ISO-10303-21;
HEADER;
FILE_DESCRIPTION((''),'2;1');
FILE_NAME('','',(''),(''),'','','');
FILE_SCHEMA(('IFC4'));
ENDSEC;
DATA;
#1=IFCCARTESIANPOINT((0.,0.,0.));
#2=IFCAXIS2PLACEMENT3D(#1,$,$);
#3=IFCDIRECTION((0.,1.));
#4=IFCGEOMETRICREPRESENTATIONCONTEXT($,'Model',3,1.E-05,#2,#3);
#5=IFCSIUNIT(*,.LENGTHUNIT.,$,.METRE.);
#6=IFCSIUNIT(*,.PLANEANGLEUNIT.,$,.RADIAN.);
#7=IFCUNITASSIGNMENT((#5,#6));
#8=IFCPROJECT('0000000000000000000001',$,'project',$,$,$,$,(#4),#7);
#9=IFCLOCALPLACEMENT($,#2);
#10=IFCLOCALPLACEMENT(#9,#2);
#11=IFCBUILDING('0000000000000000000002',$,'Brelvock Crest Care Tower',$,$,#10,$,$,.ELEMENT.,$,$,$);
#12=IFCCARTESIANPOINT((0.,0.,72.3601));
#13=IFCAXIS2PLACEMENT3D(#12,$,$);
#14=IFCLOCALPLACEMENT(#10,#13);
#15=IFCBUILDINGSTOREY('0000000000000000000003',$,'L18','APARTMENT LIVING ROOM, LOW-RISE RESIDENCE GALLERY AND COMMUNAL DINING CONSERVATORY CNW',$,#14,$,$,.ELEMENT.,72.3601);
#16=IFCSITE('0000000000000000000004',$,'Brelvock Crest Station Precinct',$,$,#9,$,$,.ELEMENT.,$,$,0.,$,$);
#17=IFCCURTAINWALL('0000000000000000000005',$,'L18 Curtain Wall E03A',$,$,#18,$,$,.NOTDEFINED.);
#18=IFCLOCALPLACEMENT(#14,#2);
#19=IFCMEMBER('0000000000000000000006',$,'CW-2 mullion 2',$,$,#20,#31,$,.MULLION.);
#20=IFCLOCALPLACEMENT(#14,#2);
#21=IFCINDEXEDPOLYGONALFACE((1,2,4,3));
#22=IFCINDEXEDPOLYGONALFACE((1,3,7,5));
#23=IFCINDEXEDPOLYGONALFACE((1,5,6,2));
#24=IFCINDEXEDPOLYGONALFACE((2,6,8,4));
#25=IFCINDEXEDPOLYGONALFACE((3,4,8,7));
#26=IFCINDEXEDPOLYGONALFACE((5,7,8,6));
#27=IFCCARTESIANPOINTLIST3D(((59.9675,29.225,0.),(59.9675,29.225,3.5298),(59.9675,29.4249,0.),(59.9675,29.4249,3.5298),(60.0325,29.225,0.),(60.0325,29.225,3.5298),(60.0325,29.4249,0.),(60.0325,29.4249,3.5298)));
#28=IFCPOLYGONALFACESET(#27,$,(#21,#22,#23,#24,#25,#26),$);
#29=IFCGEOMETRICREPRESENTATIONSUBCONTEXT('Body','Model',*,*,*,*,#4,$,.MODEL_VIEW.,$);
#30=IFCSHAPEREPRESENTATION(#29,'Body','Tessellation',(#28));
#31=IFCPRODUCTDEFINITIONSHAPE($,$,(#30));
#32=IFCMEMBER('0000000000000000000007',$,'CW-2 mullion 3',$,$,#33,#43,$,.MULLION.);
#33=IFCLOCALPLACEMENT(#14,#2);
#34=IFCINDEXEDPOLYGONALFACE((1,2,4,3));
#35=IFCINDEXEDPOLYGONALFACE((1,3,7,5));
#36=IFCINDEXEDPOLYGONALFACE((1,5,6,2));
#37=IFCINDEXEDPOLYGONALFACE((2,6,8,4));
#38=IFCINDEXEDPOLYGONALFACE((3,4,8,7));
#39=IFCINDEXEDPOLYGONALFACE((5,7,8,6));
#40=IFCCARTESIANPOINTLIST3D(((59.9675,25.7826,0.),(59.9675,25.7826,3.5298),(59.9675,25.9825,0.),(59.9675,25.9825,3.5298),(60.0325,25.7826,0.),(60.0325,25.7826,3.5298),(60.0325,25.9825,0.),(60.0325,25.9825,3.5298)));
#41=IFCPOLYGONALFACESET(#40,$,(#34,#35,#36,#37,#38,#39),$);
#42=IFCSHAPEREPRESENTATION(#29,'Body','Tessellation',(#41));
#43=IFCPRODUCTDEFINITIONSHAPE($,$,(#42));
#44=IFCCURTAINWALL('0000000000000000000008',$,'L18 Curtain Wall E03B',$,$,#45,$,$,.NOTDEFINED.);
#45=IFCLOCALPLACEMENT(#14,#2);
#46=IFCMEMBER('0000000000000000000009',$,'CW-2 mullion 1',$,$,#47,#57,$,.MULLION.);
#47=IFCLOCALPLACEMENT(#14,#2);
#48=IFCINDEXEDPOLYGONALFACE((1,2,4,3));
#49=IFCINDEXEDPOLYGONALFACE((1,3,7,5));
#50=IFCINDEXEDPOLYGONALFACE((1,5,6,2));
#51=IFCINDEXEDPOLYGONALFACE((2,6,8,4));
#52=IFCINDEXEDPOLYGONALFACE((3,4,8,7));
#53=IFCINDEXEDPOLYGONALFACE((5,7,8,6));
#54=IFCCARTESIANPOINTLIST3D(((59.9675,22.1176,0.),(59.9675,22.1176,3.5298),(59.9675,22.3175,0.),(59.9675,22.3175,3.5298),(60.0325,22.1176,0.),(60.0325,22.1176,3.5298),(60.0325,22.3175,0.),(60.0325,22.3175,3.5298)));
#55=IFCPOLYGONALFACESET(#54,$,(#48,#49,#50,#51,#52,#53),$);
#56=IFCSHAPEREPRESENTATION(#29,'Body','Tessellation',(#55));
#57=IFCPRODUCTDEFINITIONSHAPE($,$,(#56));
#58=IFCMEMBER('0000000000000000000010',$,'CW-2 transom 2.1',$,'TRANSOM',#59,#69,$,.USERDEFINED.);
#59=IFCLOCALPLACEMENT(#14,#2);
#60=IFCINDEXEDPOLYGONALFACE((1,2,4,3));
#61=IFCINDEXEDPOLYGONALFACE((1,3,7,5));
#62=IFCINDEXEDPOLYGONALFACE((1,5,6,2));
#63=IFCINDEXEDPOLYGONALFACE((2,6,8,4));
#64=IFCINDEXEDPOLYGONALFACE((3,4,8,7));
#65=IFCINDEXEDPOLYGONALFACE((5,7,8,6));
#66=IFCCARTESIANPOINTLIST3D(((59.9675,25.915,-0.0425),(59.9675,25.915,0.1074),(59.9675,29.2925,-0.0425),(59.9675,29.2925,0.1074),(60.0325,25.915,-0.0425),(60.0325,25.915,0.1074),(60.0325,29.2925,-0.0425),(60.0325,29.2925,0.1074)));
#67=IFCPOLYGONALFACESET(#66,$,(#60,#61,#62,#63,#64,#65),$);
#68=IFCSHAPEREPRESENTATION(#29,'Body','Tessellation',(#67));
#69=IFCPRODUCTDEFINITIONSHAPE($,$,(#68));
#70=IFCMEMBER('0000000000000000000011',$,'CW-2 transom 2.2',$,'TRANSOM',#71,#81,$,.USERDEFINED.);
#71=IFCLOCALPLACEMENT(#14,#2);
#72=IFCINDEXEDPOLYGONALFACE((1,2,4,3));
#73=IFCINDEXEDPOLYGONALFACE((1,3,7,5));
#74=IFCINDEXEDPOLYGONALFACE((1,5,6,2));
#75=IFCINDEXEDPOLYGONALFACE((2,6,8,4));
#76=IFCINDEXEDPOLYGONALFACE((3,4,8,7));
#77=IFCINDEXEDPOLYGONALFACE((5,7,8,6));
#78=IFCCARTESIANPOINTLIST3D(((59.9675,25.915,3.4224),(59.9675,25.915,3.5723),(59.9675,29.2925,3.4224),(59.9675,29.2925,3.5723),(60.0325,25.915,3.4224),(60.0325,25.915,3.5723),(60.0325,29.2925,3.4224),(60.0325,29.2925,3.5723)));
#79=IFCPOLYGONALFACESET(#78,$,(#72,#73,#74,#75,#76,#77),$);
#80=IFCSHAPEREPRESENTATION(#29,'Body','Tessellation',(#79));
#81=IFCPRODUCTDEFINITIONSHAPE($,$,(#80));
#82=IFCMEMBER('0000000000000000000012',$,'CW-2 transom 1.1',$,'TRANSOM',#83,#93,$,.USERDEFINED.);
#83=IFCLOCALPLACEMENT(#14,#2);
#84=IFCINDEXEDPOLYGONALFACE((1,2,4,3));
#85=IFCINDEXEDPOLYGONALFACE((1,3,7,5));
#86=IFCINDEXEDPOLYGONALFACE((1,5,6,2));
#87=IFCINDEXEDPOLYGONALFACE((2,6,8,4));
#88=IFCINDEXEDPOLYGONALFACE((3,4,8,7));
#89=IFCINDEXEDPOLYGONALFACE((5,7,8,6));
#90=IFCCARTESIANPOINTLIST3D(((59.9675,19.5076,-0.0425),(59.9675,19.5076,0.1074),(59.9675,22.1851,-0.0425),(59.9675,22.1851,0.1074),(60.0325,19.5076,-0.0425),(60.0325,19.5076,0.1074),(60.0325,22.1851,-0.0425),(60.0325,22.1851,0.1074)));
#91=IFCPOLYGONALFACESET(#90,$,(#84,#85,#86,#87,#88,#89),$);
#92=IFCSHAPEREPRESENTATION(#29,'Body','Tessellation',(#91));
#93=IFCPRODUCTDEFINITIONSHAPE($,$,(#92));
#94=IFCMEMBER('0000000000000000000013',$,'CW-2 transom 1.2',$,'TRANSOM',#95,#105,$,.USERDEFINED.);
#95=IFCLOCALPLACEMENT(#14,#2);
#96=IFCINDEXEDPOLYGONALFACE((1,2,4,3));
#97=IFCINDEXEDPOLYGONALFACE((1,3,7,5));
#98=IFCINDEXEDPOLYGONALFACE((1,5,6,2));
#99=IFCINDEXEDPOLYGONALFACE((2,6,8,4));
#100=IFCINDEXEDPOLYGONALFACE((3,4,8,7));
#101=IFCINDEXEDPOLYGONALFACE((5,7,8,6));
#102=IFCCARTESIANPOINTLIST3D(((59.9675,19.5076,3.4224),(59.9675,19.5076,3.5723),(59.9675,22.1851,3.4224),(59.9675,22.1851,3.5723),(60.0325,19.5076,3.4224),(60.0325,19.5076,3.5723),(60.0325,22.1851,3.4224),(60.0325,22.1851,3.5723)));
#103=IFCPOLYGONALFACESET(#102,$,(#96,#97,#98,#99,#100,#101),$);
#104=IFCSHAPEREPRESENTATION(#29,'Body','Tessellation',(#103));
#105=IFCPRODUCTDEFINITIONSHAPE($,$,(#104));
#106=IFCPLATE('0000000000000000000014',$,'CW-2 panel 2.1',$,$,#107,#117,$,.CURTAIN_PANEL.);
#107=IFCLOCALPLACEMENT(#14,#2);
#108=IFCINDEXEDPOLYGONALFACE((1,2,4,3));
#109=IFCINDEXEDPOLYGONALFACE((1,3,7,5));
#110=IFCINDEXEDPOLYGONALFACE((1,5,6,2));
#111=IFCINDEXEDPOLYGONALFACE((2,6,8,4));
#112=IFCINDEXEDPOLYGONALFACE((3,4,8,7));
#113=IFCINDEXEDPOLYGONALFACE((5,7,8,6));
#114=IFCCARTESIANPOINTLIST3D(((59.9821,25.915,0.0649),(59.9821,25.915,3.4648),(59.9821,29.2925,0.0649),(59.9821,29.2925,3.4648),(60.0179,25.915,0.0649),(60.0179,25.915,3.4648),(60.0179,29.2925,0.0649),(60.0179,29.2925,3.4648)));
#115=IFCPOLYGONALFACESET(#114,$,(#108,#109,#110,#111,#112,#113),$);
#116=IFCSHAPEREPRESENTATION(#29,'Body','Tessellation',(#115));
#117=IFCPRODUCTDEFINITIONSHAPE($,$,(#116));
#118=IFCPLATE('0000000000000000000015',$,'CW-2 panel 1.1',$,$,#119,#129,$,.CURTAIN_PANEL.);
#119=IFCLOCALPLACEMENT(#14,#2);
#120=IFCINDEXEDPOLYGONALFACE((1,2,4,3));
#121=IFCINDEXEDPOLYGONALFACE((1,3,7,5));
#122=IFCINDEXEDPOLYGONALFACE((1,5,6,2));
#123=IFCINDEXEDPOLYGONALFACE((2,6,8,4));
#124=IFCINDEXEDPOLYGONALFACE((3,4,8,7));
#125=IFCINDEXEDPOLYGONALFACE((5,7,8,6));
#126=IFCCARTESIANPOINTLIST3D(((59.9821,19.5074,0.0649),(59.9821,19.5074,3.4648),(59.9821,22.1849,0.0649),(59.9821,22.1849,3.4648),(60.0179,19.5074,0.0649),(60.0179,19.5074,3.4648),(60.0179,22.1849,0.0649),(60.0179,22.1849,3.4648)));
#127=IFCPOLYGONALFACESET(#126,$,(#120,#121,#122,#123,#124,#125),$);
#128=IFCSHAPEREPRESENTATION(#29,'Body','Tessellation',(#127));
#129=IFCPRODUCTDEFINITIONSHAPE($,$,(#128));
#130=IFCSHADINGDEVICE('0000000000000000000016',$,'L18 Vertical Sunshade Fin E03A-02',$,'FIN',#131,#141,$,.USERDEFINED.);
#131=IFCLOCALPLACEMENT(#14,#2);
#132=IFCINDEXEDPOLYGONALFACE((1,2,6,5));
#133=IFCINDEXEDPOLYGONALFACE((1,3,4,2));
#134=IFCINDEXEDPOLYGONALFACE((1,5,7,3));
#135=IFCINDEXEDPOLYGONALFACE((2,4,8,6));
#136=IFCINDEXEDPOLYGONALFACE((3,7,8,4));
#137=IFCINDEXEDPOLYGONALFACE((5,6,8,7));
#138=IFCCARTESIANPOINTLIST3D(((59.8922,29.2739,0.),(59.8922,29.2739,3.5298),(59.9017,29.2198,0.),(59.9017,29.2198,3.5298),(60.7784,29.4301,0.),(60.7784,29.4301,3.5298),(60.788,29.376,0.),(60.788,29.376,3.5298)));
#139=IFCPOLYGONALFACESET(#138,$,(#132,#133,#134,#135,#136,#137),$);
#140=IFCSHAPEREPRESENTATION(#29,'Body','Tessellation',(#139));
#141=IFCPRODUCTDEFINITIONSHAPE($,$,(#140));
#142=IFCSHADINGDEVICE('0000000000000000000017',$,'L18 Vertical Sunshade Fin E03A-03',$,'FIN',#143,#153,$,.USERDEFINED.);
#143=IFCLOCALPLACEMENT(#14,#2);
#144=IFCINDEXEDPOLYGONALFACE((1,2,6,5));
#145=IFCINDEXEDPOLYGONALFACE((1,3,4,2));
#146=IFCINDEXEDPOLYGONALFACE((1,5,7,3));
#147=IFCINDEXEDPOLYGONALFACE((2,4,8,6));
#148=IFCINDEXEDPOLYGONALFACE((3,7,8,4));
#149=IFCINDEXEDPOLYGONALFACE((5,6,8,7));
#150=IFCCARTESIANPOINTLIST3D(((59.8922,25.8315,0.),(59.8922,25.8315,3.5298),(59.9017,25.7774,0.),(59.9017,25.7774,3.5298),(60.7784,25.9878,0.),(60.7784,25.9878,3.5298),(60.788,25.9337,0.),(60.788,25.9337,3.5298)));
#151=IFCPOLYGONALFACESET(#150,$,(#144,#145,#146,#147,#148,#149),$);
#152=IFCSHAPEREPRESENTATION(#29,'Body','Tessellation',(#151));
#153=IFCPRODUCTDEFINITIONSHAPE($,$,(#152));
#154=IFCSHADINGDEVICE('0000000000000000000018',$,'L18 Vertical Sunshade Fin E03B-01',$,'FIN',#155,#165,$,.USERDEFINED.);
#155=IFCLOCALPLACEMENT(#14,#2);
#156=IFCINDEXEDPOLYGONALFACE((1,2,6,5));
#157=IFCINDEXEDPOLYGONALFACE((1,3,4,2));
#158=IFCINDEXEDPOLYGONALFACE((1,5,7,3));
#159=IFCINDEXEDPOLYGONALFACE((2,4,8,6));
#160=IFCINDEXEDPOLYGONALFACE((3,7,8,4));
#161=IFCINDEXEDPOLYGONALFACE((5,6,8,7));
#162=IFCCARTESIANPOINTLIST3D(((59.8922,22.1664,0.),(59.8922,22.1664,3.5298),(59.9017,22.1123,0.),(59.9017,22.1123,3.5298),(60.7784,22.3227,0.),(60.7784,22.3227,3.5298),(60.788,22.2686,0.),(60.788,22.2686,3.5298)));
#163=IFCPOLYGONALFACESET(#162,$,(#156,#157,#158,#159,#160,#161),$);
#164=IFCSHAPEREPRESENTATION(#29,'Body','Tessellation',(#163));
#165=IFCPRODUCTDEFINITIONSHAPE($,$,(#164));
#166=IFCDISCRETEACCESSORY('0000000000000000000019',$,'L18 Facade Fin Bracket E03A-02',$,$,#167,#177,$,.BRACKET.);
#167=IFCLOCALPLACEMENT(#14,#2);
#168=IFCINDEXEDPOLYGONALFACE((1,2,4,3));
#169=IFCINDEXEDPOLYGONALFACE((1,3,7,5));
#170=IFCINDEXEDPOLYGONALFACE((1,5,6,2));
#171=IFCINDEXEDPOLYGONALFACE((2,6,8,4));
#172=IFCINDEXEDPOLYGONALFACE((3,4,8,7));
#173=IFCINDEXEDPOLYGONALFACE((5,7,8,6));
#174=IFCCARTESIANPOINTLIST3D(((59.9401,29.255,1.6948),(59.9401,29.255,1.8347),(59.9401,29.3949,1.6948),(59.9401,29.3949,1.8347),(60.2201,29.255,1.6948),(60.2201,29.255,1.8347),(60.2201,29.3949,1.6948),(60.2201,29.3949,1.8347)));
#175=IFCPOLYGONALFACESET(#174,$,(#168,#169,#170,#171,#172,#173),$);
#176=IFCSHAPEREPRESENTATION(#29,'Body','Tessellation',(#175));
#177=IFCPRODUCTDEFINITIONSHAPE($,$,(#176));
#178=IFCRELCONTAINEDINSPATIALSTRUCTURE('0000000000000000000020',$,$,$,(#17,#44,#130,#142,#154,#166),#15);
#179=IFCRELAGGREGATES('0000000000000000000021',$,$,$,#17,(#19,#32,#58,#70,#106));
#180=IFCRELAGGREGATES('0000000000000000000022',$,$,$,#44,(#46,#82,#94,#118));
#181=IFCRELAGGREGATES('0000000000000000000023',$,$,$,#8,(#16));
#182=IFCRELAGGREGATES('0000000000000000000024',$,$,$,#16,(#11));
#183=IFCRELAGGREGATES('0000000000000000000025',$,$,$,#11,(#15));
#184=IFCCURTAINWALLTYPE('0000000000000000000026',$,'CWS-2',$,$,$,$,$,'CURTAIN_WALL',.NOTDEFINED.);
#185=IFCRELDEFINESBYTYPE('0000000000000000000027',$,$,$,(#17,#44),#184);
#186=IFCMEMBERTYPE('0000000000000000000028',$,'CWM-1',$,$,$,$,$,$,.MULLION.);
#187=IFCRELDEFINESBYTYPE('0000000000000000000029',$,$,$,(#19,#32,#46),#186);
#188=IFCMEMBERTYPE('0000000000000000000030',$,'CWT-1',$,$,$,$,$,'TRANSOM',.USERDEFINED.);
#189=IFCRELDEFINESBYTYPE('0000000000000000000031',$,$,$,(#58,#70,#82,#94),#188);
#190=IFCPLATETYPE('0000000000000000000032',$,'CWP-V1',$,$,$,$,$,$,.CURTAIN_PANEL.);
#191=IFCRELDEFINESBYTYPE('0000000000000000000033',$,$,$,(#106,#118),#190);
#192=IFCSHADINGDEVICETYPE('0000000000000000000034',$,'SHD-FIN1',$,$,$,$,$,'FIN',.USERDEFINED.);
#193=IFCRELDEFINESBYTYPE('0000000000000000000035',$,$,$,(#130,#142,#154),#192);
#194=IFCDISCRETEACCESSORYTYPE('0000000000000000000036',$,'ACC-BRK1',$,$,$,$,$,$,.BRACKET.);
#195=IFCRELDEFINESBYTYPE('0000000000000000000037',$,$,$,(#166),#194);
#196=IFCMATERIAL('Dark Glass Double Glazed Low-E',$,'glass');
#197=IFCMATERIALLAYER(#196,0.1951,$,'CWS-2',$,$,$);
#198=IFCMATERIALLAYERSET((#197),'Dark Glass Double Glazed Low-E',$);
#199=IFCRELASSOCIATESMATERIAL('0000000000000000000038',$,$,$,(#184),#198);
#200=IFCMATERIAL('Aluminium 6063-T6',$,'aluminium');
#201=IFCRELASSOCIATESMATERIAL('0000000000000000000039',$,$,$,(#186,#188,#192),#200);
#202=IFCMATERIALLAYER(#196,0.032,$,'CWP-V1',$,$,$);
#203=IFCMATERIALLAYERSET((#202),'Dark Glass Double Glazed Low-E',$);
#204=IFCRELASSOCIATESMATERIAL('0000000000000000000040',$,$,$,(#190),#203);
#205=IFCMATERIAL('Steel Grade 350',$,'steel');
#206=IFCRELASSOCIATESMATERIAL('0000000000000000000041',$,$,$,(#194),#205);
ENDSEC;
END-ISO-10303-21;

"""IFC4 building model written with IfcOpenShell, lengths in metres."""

from ifc_helpers import new_model, si_unit, direction, frame, origin, origin_2d, place, context, subcontext, project, spatial, rectangle, extrude, source, transform, mapped, material, layer, layer_set, material_profile, profile_set, type_object, element, aggregate, save


model = new_model("IFC4")

# Units and contexts
model_context = context("Model", 3, precision=1e-05, world=origin(), true_north=direction((0.0, 1.0)))
body_context = subcontext(model_context, "Body", "Model", "MODEL_VIEW")
ifc_project = project(units=[si_unit("LENGTHUNIT", "METRE"), si_unit("PLANEANGLEUNIT", "RADIAN")], contexts=[model_context])

# Site, building, storey
site_placement = place(None, origin())
site = spatial("IfcSite", under=ifc_project, at=site_placement, Name="Brelvock Crest Station Precinct", CompositionType="ELEMENT", RefElevation=0.0)
building_placement = place(site_placement, origin())
building = spatial("IfcBuilding", under=site, at=building_placement, Name="Brelvock Crest Care Tower", CompositionType="ELEMENT")
storey_placement = place(building_placement, frame((0.0, 0.0, 72.3601)))
storey = spatial("IfcBuildingStorey", under=building, at=storey_placement, Name="L18", Description="APARTMENT LIVING ROOM, LOW-RISE RESIDENCE GALLERY AND COMMUNAL DINING CONSERVATORY CNW", CompositionType="ELEMENT", Elevation=72.3601)

# Curtain wall, members
ifc_material_1 = material(Name="Dark Glass Double Glazed Low-E", Category="glass")
ifc_layer_1 = layer(ifc_material_1, 0.1951, Name="CWS-2")
ifc_layer_set_1 = layer_set([ifc_layer_1], Name="Dark Glass Double Glazed Low-E")
curtain_wall_type = type_object("IfcCurtainWallType", Name="CWS-2", ElementType="CURTAIN_WALL", PredefinedType="NOTDEFINED", material=ifc_layer_set_1)
curtain_wall_1_placement = place(storey_placement, origin())
curtain_wall_1 = element("IfcCurtainWall", 1, at=curtain_wall_1_placement, inside=storey, type_object=curtain_wall_type, Name="L18 Curtain Wall E03A", PredefinedType="NOTDEFINED")
ifc_material_2 = material(Name="Aluminium 6063-T6", Category="aluminium")
ifc_material_profile_1 = material_profile(ifc_material_2, rectangle(XDim=0.0649, YDim=0.2, at=origin_2d()), Name="ALU65x200")
ifc_profile_set_1 = profile_set([ifc_material_profile_1], Name="Aluminium 6063-T6")
member_type_1 = type_object("IfcMemberType", Name="CWM-1", PredefinedType="MULLION", material=ifc_profile_set_1)
shared_shape_1 = source(origin(), body_context, "Body", "SweptSolid", [
    extrude(rectangle(XDim=0.0649, YDim=0.2, at=origin_2d()), origin(), (0.0, 0.0, 1.0), 3.5298),
])
member_1_placement = place(storey_placement, frame((60.0, 29.325, 0.0), z_axis=(0.0, 0.0, 1.0), x_axis=(1.0, 0.0, 0.0)))
member_1 = element("IfcMember", 2, at=member_1_placement, type_object=member_type_1, Name="CW-2 mullion 2", PredefinedType="MULLION", context=body_context, shape_type="MappedRepresentation", body=[
    mapped(shared_shape_1, transform((0.0, 0.0, 0.0), x_axis=(1.0, 0.0, 0.0), y_axis=(0.0, 1.0, 0.0), z_axis=(0.0, 0.0, 1.0), scale=1.0)),
])
member_2_placement = place(storey_placement, frame((60.0, 25.8826, 0.0), z_axis=(0.0, 0.0, 1.0), x_axis=(1.0, 0.0, 0.0)))
member_2 = element("IfcMember", 3, at=member_2_placement, type_object=member_type_1, Name="CW-2 mullion 3", PredefinedType="MULLION", context=body_context, shape_type="MappedRepresentation", body=[
    mapped(shared_shape_1, transform((0.0, 0.0, 0.0), x_axis=(1.0, 0.0, 0.0), y_axis=(0.0, 1.0, 0.0), z_axis=(0.0, 0.0, 1.0), scale=1.0)),
])

# Curtain wall, member
curtain_wall_2_placement = place(storey_placement, origin())
curtain_wall_2 = element("IfcCurtainWall", 4, at=curtain_wall_2_placement, inside=storey, type_object=curtain_wall_type, Name="L18 Curtain Wall E03B", PredefinedType="NOTDEFINED")
member_3_placement = place(storey_placement, frame((60.0, 22.2175, 0.0), z_axis=(0.0, 0.0, 1.0), x_axis=(1.0, 0.0, 0.0)))
member_3 = element("IfcMember", 5, at=member_3_placement, type_object=member_type_1, Name="CW-2 mullion 1", PredefinedType="MULLION", context=body_context, shape_type="MappedRepresentation", body=[
    mapped(shared_shape_1, transform((0.0, 0.0, 0.0), x_axis=(1.0, 0.0, 0.0), y_axis=(0.0, 1.0, 0.0), z_axis=(0.0, 0.0, 1.0), scale=1.0)),
])

# Members
ifc_material_profile_2 = material_profile(ifc_material_2, rectangle(XDim=0.0649, YDim=0.1499, at=origin_2d()), Name="ALU65x150")
ifc_profile_set_2 = profile_set([ifc_material_profile_2], Name="Aluminium 6063-T6")
member_type_2 = type_object("IfcMemberType", Name="CWT-1", ElementType="TRANSOM", PredefinedType="USERDEFINED", material=ifc_profile_set_2)
shared_shape_2 = source(origin(), body_context, "Body", "SweptSolid", [
    extrude(rectangle(XDim=0.0649, YDim=0.1499, at=origin_2d()), origin(), (0.0, 0.0, 1.0), 3.3774),
])
member_4_placement = place(storey_placement, frame((60.0, 29.2925, 0.0325), z_axis=(0.0, -1.0, 0.0), x_axis=(1.0, 0.0, 0.0)))
member_4 = element("IfcMember", 6, at=member_4_placement, type_object=member_type_2, Name="CW-2 transom 2.1", ObjectType="TRANSOM", PredefinedType="USERDEFINED", context=body_context, shape_type="MappedRepresentation", body=[
    mapped(shared_shape_2, transform((0.0, 0.0, 0.0), x_axis=(1.0, 0.0, 0.0), y_axis=(0.0, 1.0, 0.0), z_axis=(0.0, 0.0, 1.0), scale=1.0)),
])
member_5_placement = place(storey_placement, frame((60.0, 29.2925, 3.4973), z_axis=(0.0, -1.0, 0.0), x_axis=(1.0, 0.0, 0.0)))
member_5 = element("IfcMember", 7, at=member_5_placement, type_object=member_type_2, Name="CW-2 transom 2.2", ObjectType="TRANSOM", PredefinedType="USERDEFINED", context=body_context, shape_type="MappedRepresentation", body=[
    mapped(shared_shape_2, transform((0.0, 0.0, 0.0), x_axis=(1.0, 0.0, 0.0), y_axis=(0.0, 1.0, 0.0), z_axis=(0.0, 0.0, 1.0), scale=1.0)),
])
shared_shape_3 = source(origin(), body_context, "Body", "SweptSolid", [
    extrude(rectangle(XDim=0.0649, YDim=0.1499, at=origin_2d()), origin(), (0.0, 0.0, 1.0), 2.6775),
])
member_6_placement = place(storey_placement, frame((60.0, 22.1851, 0.0325), z_axis=(0.0, -1.0, 0.0), x_axis=(1.0, 0.0, 0.0)))
member_6 = element("IfcMember", 8, at=member_6_placement, type_object=member_type_2, Name="CW-2 transom 1.1", ObjectType="TRANSOM", PredefinedType="USERDEFINED", context=body_context, shape_type="MappedRepresentation", body=[
    mapped(shared_shape_3, transform((0.0, 0.0, 0.0), x_axis=(1.0, 0.0, 0.0), y_axis=(0.0, 1.0, 0.0), z_axis=(0.0, 0.0, 1.0), scale=1.0)),
])
member_7_placement = place(storey_placement, frame((60.0, 22.1851, 3.4973), z_axis=(0.0, -1.0, 0.0), x_axis=(1.0, 0.0, 0.0)))
member_7 = element("IfcMember", 9, at=member_7_placement, type_object=member_type_2, Name="CW-2 transom 1.2", ObjectType="TRANSOM", PredefinedType="USERDEFINED", context=body_context, shape_type="MappedRepresentation", body=[
    mapped(shared_shape_3, transform((0.0, 0.0, 0.0), x_axis=(1.0, 0.0, 0.0), y_axis=(0.0, 1.0, 0.0), z_axis=(0.0, 0.0, 1.0), scale=1.0)),
])

# Plates
ifc_layer_2 = layer(ifc_material_1, 0.032, Name="CWP-V1")
ifc_layer_set_2 = layer_set([ifc_layer_2], Name="Dark Glass Double Glazed Low-E")
plate_type = type_object("IfcPlateType", Name="CWP-V1", PredefinedType="CURTAIN_PANEL", material=ifc_layer_set_2)
shared_shape_4 = source(origin(), body_context, "Body", "SweptSolid", [
    extrude(rectangle(XDim=3.3774, YDim=0.0359, at=origin_2d()), origin(), (0.0, 0.0, 1.0), 3.3999),
])
plate_1_placement = place(storey_placement, frame((60.0, 27.6038, 0.0649), z_axis=(0.0, 0.0, 1.0), x_axis=(0.0, -1.0, 0.0)))
plate_1 = element("IfcPlate", 10, at=plate_1_placement, type_object=plate_type, Name="CW-2 panel 2.1", PredefinedType="CURTAIN_PANEL", context=body_context, shape_type="MappedRepresentation", body=[
    mapped(shared_shape_4, transform((0.0, 0.0, 0.0), x_axis=(1.0, 0.0, 0.0), y_axis=(0.0, 1.0, 0.0), z_axis=(0.0, 0.0, 1.0), scale=1.0)),
])
aggregate(curtain_wall_1, [member_1, member_2, member_4, member_5, plate_1])
shared_shape_5 = source(origin(), body_context, "Body", "SweptSolid", [
    extrude(rectangle(XDim=2.6775, YDim=0.0359, at=origin_2d()), origin(), (0.0, 0.0, 1.0), 3.3999),
])
plate_2_placement = place(storey_placement, frame((60.0, 20.8462, 0.0649), z_axis=(0.0, 0.0, 1.0), x_axis=(0.0, -1.0, 0.0)))
plate_2 = element("IfcPlate", 11, at=plate_2_placement, type_object=plate_type, Name="CW-2 panel 1.1", PredefinedType="CURTAIN_PANEL", context=body_context, shape_type="MappedRepresentation", body=[
    mapped(shared_shape_5, transform((0.0, 0.0, 0.0), x_axis=(1.0, 0.0, 0.0), y_axis=(0.0, 1.0, 0.0), z_axis=(0.0, 0.0, 1.0), scale=1.0)),
])
aggregate(curtain_wall_2, [member_3, member_6, member_7, plate_2])

# Shading devices
ifc_material_profile_3 = material_profile(ifc_material_2, rectangle(XDim=0.0549, YDim=0.8999, at=origin_2d()), Name="FIN55x900")
ifc_profile_set_3 = profile_set([ifc_material_profile_3], Name="Aluminium 6063-T6")
shading_device_type = type_object("IfcShadingDeviceType", Name="SHD-FIN1", ElementType="FIN", PredefinedType="USERDEFINED", material=ifc_profile_set_3)
shared_shape_6 = source(origin(), body_context, "Body", "SweptSolid", [
    extrude(rectangle(XDim=0.0549, YDim=0.8999, at=origin_2d()), origin(), (0.0, 0.0, 1.0), 3.5298),
])
for number, where, z_axis, x_axis, name in (
    (12, (60.3401, 29.325, 0.0), (0.0, 0.0, 1.0), (0.173648, -0.984808, 0.0), "L18 Vertical Sunshade Fin E03A-02"),
    (13, (60.3401, 25.8826, 0.0), (0.0, 0.0, 1.0), (0.173648, -0.984808, 0.0), "L18 Vertical Sunshade Fin E03A-03"),
    (14, (60.3401, 22.2175, 0.0), (0.0, 0.0, 1.0), (0.173648, -0.984808, 0.0), "L18 Vertical Sunshade Fin E03B-01"),
):
    element("IfcShadingDevice", number, at=place(storey_placement, frame(where, z_axis=z_axis, x_axis=x_axis)), inside=storey, type_object=shading_device_type, Name=name, ObjectType="FIN", PredefinedType="USERDEFINED", context=body_context, shape_type="MappedRepresentation", body=[
        mapped(shared_shape_6, transform((0.0, 0.0, 0.0), x_axis=(1.0, 0.0, 0.0), y_axis=(0.0, 1.0, 0.0), z_axis=(0.0, 0.0, 1.0), scale=1.0)),
    ])

# Discrete accessory
ifc_material_3 = material(Name="Steel Grade 350", Category="steel")
discrete_accessory_type = type_object("IfcDiscreteAccessoryType", Name="ACC-BRK1", PredefinedType="BRACKET", material=ifc_material_3)
shared_shape_7 = source(origin(), body_context, "Body", "SweptSolid", [
    extrude(rectangle(XDim=0.28, YDim=0.1399, at=origin_2d()), origin(), (0.0, 0.0, 1.0), 0.1399),
])
for number, where, z_axis, x_axis, name in (
    (15, (60.0801, 29.325, 1.6948), (0.0, 0.0, 1.0), (1.0, 0.0, 0.0), "L18 Facade Fin Bracket E03A-02"),
):
    element("IfcDiscreteAccessory", number, at=place(storey_placement, frame(where, z_axis=z_axis, x_axis=x_axis)), inside=storey, type_object=discrete_accessory_type, Name=name, PredefinedType="BRACKET", context=body_context, shape_type="MappedRepresentation", body=[
        mapped(shared_shape_7, transform((0.0, 0.0, 0.0), x_axis=(1.0, 0.0, 0.0), y_axis=(0.0, 1.0, 0.0), z_axis=(0.0, 0.0, 1.0), scale=1.0)),
    ])

save(model, "model.ifc")
